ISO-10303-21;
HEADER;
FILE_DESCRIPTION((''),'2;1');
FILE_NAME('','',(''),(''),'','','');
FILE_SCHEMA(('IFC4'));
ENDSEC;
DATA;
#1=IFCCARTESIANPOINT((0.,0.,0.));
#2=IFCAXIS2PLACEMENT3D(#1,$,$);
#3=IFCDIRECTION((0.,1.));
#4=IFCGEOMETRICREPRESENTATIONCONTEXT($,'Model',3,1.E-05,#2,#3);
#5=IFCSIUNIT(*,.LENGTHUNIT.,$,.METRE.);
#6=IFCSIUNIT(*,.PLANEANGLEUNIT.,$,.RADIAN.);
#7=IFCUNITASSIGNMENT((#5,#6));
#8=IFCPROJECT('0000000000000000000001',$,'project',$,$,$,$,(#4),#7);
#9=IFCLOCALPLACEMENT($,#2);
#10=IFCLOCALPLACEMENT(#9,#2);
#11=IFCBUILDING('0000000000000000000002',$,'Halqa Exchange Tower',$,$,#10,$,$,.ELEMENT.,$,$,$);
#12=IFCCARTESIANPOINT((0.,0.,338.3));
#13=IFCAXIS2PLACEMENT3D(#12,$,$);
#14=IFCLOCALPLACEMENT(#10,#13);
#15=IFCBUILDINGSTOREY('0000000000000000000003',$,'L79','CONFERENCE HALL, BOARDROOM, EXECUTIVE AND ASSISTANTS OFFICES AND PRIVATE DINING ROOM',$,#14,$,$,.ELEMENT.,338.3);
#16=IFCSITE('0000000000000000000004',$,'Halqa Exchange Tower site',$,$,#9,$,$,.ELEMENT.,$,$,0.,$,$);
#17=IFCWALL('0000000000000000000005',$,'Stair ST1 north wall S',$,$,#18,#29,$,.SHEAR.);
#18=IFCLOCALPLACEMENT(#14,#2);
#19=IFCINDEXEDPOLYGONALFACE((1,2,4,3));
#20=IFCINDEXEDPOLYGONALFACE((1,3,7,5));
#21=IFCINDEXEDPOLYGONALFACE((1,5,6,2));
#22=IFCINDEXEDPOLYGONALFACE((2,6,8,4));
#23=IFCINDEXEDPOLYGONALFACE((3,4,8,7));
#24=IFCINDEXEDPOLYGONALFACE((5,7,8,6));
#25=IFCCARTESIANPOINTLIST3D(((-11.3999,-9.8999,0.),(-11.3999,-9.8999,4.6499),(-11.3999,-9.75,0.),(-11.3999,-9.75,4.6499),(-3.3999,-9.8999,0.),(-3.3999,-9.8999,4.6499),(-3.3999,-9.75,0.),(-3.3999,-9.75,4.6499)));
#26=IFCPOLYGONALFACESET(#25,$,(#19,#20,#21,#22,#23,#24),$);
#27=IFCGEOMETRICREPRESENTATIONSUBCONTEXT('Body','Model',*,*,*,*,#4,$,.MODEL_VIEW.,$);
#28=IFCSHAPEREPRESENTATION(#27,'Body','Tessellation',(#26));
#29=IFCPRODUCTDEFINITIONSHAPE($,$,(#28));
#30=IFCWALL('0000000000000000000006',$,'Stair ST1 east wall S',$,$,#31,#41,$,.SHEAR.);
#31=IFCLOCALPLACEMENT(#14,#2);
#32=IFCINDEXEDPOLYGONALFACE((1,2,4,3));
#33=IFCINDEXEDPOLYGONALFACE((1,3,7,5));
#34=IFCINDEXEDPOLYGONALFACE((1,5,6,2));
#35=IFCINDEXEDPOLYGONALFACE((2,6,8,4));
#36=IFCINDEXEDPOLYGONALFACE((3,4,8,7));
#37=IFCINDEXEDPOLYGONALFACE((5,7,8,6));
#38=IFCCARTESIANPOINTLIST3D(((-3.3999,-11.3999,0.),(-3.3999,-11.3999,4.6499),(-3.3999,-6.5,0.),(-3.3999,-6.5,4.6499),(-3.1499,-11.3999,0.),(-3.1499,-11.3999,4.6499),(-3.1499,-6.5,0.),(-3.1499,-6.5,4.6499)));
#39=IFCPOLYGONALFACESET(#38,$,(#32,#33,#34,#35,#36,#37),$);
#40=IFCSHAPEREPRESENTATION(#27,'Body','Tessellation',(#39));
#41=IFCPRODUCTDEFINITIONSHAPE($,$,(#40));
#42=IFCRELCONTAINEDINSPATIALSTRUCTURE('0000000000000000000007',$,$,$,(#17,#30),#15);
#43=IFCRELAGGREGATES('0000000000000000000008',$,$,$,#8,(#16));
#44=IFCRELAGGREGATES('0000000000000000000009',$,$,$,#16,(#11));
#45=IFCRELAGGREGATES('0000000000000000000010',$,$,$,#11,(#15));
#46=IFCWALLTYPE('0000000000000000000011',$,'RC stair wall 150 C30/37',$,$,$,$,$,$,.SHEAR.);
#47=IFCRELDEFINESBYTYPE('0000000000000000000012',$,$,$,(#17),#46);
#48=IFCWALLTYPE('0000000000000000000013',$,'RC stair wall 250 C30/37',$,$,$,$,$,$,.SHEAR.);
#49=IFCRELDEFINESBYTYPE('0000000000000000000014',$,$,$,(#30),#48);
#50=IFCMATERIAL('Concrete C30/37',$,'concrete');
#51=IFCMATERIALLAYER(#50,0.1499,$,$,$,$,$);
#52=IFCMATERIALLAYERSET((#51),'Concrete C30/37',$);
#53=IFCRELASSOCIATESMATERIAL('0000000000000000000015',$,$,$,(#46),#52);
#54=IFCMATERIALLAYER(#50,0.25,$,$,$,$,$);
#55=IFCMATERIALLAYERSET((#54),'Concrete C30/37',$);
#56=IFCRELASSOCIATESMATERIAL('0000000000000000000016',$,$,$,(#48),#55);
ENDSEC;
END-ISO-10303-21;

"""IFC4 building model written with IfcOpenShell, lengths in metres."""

from ifc_helpers import new_model, si_unit, direction, frame, frame_2d, origin, place, context, subcontext, project, spatial, rectangle, extrude, material, layer, layer_set, type_object, element, save


model = new_model("IFC4")

# Units and contexts
model_context = context("Model", 3, precision=1e-05, world=origin(), true_north=direction((0.0, 1.0)))
body_context = subcontext(model_context, "Body", "Model", "MODEL_VIEW")
ifc_project = project(units=[si_unit("LENGTHUNIT", "METRE"), si_unit("PLANEANGLEUNIT", "RADIAN")], contexts=[model_context])

# Site, building, storey
site_placement = place(None, origin())
site = spatial("IfcSite", under=ifc_project, at=site_placement, Name="Halqa Exchange Tower site", CompositionType="ELEMENT", RefElevation=0.0)
building_placement = place(site_placement, origin())
building = spatial("IfcBuilding", under=site, at=building_placement, Name="Halqa Exchange Tower", CompositionType="ELEMENT")
storey_placement = place(building_placement, frame((0.0, 0.0, 338.3)))
storey = spatial("IfcBuildingStorey", under=building, at=storey_placement, Name="L79", Description="CONFERENCE HALL, BOARDROOM, EXECUTIVE AND ASSISTANTS OFFICES AND PRIVATE DINING ROOM", CompositionType="ELEMENT", Elevation=338.3)

# Walls
ifc_material_1 = material(Name="Concrete C30/37", Category="concrete")
ifc_layer_1 = layer(ifc_material_1, 0.1499)
ifc_layer_set_1 = layer_set([ifc_layer_1], Name="Concrete C30/37")
wall_type_1 = type_object("IfcWallType", Name="RC stair wall 150 C30/37", PredefinedType="SHEAR", material=ifc_layer_set_1)
wall_1_placement = place(storey_placement, frame((-11.3999, -9.825, 0.0), z_axis=(0.0, 0.0, 1.0), x_axis=(1.0, 0.0, 0.0)))
element("IfcWall", 1, at=wall_1_placement, inside=storey, type_object=wall_type_1, Name="Stair ST1 north wall S", PredefinedType="SHEAR", context=body_context, shape_type="SweptSolid", body=[
    extrude(rectangle(XDim=8.0, YDim=0.1499, at=frame_2d((4.0, 0.0))), origin(), (0.0, 0.0, 1.0), 4.6499),
])
ifc_layer_2 = layer(ifc_material_1, 0.25)
ifc_layer_set_2 = layer_set([ifc_layer_2], Name="Concrete C30/37")
wall_type_2 = type_object("IfcWallType", Name="RC stair wall 250 C30/37", PredefinedType="SHEAR", material=ifc_layer_set_2)
wall_2_placement = place(storey_placement, frame((-3.2749, -11.3999, 0.0), z_axis=(0.0, 0.0, 1.0), x_axis=(0.0, 1.0, 0.0)))
element("IfcWall", 2, at=wall_2_placement, inside=storey, type_object=wall_type_2, Name="Stair ST1 east wall S", PredefinedType="SHEAR", context=body_context, shape_type="SweptSolid", body=[
    extrude(rectangle(XDim=4.8999, YDim=0.25, at=frame_2d((2.45, 0.0))), origin(), (0.0, 0.0, 1.0), 4.6499),
])

save(model, "model.ifc")
